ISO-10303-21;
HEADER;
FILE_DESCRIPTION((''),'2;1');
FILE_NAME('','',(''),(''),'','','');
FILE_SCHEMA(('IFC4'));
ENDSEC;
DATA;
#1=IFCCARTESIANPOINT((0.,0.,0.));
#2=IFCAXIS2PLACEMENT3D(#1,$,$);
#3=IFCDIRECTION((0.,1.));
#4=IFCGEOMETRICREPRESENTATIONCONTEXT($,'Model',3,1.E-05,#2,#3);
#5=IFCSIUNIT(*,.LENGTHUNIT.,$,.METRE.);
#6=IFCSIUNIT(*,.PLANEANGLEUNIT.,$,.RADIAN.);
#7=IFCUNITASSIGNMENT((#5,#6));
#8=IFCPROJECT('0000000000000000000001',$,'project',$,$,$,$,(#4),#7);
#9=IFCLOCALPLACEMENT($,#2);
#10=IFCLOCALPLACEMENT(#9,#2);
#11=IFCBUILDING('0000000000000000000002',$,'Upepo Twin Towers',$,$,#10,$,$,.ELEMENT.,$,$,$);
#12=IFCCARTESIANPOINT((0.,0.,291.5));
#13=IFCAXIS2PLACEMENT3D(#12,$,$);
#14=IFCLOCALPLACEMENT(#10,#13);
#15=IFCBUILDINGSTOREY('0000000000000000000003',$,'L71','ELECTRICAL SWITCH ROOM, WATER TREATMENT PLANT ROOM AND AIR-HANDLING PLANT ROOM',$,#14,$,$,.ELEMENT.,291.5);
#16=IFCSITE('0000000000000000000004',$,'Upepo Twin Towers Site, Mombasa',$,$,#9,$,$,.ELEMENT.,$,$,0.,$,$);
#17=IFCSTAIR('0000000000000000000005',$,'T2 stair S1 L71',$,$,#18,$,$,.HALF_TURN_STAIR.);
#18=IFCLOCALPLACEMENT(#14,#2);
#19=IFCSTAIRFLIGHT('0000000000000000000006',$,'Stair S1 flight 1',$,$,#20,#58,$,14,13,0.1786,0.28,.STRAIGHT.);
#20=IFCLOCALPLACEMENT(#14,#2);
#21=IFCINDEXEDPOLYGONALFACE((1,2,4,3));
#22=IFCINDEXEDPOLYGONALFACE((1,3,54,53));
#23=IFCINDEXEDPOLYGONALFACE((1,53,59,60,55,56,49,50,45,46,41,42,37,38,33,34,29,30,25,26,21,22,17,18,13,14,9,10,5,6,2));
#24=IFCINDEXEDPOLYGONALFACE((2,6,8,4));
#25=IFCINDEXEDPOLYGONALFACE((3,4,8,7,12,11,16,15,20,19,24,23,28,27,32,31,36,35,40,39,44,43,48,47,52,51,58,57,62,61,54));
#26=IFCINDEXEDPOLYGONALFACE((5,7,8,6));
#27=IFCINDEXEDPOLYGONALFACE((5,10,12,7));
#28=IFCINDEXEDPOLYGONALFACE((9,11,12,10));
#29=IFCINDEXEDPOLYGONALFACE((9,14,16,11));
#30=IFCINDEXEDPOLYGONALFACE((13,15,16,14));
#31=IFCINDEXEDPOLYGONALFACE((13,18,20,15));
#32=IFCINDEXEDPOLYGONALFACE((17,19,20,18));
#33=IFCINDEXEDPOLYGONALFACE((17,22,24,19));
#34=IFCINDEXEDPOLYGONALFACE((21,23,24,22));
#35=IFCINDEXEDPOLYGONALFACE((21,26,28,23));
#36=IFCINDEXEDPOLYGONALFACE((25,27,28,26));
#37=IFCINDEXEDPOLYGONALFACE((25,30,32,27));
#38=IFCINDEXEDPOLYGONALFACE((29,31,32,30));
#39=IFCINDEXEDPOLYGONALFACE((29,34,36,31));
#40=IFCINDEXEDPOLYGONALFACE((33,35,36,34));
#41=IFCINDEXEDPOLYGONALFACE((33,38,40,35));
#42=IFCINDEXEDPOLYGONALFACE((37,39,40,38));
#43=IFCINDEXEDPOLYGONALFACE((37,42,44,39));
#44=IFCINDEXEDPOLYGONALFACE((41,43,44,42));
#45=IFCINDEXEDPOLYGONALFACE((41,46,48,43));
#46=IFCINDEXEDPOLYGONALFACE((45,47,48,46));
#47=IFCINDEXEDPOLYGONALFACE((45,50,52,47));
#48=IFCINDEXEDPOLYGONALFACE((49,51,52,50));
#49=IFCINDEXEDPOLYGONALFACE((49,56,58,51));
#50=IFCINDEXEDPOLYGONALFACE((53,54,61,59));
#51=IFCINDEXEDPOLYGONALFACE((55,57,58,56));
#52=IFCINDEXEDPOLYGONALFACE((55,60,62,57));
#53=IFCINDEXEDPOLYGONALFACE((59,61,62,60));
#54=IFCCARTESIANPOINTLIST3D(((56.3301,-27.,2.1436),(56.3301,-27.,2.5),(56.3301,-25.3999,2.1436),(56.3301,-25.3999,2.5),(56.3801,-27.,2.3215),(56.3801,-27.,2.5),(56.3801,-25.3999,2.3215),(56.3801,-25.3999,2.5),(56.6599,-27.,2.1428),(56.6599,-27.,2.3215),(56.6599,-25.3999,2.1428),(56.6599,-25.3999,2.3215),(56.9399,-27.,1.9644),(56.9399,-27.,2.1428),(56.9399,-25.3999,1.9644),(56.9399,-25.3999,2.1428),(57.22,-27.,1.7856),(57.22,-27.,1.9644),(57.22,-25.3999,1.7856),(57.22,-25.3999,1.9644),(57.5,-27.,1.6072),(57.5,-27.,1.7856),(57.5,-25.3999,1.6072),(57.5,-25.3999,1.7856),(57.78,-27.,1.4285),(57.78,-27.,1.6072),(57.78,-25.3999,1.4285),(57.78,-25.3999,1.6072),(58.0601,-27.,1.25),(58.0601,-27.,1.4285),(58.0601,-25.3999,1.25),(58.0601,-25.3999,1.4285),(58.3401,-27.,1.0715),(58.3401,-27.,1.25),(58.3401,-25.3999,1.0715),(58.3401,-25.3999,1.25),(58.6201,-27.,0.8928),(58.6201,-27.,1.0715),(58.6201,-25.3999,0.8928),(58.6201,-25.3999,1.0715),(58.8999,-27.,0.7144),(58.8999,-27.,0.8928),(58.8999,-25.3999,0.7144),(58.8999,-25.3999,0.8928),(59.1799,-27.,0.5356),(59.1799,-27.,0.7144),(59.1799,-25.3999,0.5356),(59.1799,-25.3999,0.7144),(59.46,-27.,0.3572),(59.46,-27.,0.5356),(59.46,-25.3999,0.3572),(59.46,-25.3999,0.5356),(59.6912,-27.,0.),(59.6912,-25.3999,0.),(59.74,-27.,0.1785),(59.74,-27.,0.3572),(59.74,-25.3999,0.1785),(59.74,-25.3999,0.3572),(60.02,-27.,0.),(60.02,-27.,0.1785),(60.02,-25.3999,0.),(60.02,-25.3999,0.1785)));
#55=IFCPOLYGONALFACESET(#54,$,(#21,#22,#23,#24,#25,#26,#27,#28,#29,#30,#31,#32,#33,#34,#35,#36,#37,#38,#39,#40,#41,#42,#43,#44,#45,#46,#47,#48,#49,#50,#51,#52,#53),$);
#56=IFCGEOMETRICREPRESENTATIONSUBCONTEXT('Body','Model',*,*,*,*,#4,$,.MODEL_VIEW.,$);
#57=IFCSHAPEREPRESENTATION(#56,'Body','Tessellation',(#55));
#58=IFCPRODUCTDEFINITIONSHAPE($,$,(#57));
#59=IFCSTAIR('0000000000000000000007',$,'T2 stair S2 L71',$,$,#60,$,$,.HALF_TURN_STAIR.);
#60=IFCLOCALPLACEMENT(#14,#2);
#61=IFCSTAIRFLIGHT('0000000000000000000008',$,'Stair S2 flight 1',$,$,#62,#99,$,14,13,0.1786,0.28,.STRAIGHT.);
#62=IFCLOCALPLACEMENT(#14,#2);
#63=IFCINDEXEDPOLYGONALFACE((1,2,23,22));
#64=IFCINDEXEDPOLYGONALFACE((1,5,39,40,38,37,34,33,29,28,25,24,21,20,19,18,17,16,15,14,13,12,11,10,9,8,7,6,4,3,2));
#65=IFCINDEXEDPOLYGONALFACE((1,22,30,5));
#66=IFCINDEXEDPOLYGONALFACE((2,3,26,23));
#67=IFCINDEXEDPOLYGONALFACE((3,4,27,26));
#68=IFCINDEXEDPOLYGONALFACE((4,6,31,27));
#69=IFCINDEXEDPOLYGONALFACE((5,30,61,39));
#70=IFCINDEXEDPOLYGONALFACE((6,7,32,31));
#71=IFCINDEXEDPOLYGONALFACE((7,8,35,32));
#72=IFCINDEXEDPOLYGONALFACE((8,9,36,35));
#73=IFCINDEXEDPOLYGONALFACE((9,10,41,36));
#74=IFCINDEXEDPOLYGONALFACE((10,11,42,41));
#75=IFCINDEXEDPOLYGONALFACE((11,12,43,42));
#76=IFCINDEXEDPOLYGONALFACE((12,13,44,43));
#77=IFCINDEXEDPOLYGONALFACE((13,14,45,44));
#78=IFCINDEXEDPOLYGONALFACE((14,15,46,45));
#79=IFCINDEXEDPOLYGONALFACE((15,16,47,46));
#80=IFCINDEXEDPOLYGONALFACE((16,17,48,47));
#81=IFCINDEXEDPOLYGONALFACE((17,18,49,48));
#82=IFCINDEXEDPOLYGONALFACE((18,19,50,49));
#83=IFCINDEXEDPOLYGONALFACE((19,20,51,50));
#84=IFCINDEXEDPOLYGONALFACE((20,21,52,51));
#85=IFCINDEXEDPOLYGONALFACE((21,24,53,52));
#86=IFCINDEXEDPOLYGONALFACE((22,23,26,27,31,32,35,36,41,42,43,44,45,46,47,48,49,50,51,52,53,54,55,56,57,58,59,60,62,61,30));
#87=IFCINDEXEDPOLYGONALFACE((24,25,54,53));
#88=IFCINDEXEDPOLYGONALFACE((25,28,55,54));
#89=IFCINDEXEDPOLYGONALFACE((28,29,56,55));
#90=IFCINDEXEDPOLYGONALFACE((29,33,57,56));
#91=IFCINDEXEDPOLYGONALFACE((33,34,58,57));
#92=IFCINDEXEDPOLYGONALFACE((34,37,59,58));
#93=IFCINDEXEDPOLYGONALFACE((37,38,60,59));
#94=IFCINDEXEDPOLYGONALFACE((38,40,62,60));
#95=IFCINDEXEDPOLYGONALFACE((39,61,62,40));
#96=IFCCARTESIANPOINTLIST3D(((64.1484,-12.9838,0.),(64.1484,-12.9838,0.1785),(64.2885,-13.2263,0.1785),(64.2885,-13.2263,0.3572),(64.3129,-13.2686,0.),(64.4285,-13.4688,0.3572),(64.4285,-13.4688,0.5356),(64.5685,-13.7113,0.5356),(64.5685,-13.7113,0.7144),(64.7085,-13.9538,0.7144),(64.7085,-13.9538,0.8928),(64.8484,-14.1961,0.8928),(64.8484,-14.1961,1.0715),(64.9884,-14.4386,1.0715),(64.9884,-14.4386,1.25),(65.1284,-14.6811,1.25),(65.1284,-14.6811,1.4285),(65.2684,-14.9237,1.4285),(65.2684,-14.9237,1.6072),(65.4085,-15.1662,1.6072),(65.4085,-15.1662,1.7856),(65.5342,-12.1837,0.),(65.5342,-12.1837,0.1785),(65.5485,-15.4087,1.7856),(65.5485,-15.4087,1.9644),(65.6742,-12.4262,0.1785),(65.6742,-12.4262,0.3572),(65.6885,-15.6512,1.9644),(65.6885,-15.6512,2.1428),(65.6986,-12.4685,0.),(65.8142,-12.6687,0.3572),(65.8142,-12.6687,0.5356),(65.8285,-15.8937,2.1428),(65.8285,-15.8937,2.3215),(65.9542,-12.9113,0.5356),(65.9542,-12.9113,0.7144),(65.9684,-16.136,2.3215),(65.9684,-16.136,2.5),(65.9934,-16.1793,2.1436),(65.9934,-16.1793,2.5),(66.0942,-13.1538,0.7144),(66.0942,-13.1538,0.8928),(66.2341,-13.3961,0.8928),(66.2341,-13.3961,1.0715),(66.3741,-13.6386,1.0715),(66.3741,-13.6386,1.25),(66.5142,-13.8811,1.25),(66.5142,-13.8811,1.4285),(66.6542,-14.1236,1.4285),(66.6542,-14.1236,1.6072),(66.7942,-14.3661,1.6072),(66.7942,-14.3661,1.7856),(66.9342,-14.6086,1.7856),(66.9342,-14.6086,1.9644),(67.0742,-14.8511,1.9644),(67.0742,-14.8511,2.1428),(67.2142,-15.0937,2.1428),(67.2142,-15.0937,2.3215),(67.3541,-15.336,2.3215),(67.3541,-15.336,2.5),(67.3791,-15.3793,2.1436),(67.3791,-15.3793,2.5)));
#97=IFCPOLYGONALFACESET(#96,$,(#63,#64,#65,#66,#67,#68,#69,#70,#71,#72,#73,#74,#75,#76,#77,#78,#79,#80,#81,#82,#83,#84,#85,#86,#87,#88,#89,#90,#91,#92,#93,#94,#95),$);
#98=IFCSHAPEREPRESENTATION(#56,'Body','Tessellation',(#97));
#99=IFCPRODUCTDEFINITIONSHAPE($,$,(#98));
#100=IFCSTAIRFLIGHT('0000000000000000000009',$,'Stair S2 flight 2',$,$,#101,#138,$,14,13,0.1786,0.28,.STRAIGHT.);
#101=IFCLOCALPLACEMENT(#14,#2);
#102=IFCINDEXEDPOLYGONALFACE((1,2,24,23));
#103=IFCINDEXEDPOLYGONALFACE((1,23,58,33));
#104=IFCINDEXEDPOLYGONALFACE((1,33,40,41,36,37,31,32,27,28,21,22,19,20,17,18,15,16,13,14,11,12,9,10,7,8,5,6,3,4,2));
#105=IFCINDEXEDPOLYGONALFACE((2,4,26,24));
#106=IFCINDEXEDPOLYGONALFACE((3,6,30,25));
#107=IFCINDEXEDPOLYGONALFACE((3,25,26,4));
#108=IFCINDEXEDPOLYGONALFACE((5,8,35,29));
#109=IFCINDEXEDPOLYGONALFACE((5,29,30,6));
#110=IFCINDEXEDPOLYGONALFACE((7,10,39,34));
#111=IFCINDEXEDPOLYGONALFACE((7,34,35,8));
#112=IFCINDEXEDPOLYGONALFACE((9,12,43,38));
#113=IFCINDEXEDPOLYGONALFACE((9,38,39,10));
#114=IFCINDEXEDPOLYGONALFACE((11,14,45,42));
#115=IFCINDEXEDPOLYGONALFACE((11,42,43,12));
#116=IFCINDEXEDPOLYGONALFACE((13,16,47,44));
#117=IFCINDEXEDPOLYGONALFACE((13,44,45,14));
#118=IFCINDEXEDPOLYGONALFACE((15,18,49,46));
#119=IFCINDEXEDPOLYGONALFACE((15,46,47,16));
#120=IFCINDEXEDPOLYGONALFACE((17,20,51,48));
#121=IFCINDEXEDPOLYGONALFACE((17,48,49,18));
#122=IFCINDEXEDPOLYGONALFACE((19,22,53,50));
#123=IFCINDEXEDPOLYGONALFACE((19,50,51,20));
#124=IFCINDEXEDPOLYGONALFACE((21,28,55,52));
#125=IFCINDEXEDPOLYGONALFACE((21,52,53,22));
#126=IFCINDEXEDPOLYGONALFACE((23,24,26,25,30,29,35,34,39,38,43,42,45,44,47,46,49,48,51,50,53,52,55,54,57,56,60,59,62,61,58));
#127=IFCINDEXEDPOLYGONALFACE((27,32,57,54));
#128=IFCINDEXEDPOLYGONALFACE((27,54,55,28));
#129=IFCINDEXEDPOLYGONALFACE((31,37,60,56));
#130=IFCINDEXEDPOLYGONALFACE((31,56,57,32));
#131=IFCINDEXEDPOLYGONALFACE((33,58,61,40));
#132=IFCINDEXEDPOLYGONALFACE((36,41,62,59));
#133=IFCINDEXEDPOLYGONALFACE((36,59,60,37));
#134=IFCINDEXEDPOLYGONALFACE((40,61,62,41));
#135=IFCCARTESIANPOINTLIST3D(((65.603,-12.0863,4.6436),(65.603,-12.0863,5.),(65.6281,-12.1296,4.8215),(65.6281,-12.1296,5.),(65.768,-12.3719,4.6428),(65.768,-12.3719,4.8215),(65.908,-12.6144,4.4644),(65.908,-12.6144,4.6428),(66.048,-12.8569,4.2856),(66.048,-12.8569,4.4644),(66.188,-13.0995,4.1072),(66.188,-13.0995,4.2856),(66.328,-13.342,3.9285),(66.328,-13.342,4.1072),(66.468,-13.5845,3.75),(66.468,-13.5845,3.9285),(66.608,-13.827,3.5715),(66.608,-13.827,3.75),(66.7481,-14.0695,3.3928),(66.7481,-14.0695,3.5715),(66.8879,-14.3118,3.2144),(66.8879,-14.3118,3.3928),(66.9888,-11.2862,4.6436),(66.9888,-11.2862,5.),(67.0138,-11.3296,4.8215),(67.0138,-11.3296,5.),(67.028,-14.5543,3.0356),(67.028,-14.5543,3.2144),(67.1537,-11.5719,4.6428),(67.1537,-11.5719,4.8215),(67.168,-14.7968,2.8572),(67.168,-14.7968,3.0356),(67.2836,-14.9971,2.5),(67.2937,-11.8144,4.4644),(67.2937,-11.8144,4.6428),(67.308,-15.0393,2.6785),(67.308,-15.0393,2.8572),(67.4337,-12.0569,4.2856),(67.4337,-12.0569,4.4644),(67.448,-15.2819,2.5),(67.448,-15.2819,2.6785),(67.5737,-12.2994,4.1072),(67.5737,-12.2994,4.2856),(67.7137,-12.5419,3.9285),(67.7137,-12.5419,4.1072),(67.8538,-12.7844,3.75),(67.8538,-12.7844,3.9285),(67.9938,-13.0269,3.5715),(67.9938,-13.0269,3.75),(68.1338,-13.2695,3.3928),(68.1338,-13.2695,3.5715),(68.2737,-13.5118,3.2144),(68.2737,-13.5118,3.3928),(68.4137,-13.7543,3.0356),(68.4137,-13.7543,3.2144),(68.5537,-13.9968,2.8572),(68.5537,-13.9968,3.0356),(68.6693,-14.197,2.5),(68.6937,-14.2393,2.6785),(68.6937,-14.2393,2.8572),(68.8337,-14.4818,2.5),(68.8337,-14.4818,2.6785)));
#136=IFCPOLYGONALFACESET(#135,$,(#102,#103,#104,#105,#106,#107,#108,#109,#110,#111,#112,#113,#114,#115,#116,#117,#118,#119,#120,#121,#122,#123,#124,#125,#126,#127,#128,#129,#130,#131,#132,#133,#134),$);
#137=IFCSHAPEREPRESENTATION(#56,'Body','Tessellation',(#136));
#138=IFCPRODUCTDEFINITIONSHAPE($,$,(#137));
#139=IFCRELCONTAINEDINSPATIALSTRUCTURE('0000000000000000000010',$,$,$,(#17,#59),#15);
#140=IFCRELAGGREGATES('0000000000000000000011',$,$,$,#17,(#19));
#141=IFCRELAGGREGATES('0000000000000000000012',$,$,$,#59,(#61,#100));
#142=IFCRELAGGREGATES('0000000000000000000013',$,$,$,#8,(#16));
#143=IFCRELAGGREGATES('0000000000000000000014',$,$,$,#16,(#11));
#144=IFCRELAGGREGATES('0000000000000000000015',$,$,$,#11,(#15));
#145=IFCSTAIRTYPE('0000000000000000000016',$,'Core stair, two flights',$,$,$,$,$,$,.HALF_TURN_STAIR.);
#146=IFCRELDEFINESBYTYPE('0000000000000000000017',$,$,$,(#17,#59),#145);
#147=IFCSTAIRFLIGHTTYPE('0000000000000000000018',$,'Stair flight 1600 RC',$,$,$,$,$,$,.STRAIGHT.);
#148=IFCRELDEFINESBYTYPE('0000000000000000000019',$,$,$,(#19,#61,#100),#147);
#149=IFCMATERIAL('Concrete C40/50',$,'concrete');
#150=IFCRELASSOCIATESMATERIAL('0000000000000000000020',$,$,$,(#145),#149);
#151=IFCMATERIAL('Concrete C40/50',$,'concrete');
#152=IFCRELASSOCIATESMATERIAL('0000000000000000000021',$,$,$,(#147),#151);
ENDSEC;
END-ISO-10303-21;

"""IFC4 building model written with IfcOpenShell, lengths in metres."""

from ifc_helpers import new_model, si_unit, direction, frame, origin, place, context, subcontext, project, spatial, polyline, outline, extrude, material, type_object, element, aggregate, save


model = new_model("IFC4")

# Units and contexts
model_context = context("Model", 3, precision=1e-05, world=origin(), true_north=direction((0.0, 1.0)))
body_context = subcontext(model_context, "Body", "Model", "MODEL_VIEW")
ifc_project = project(units=[si_unit("LENGTHUNIT", "METRE"), si_unit("PLANEANGLEUNIT", "RADIAN")], contexts=[model_context])

# Site, building, storey
site_placement = place(None, origin())
site = spatial("IfcSite", under=ifc_project, at=site_placement, Name="Upepo Twin Towers Site, Mombasa", CompositionType="ELEMENT", RefElevation=0.0)
building_placement = place(site_placement, origin())
building = spatial("IfcBuilding", under=site, at=building_placement, Name="Upepo Twin Towers", CompositionType="ELEMENT")
storey_placement = place(building_placement, frame((0.0, 0.0, 291.5)))
storey = spatial("IfcBuildingStorey", under=building, at=storey_placement, Name="L71", Description="ELECTRICAL SWITCH ROOM, WATER TREATMENT PLANT ROOM AND AIR-HANDLING PLANT ROOM", CompositionType="ELEMENT", Elevation=291.5)

# Stair, stair flight
ifc_material_1 = material(Name="Concrete C40/50", Category="concrete")
stair_type = type_object("IfcStairType", Name="Core stair, two flights", PredefinedType="HALF_TURN_STAIR", material=ifc_material_1)
stair_1_placement = place(storey_placement, origin())
stair_1 = element("IfcStair", 1, at=stair_1_placement, inside=storey, type_object=stair_type, Name="T2 stair S1 L71", PredefinedType="HALF_TURN_STAIR")
ifc_material_2 = material(Name="Concrete C40/50", Category="concrete")
stair_flight_type = type_object("IfcStairFlightType", Name="Stair flight 1600 RC", PredefinedType="STRAIGHT", material=ifc_material_2)
stair_flight_1_placement = place(storey_placement, frame((60.02, -26.2, 0.0), z_axis=(0.0, 0.0, 1.0), x_axis=(-1.0, 0.0, 0.0)))
stair_flight_1 = element("IfcStairFlight", 2, at=stair_flight_1_placement, type_object=stair_flight_type, Name="Stair S1 flight 1", NumberOfRisers=14, NumberOfTreads=13, PredefinedType="STRAIGHT", RiserHeight=0.1786, TreadLength=0.28, context=body_context, shape_type="SweptSolid", body=[
    extrude(outline(polyline([(0.0, 0.0), (0.0, 0.1785), (0.28, 0.1785), (0.28, 0.3572), (0.5601, 0.3572), (0.5601, 0.5356), (0.8401, 0.5356), (0.8401, 0.7144), (1.1201, 0.7144), (1.1201, 0.8928), (1.3999, 0.8928), (1.3999, 1.0715), (1.6799, 1.0715), (1.6799, 1.25), (1.96, 1.25), (1.96, 1.4285), (2.24, 1.4285), (2.24, 1.6072), (2.52, 1.6072), (2.52, 1.7856), (2.8, 1.7856), (2.8, 1.9644), (3.0801, 1.9644), (3.0801, 2.1428), (3.3601, 2.1428), (3.3601, 2.3215), (3.6399, 2.3215), (3.6399, 2.5), (3.6899, 2.5), (3.6899, 2.1436), (0.3289, 0.0), (0.0, 0.0)])), frame((0.0, 0.8, 0.0), z_axis=(0.0, -1.0, 0.0), x_axis=(1.0, 0.0, 0.0)), (0.0, 0.0, 1.0), 1.6001),
])
aggregate(stair_1, [stair_flight_1])

# Stair, stair flights
stair_2_placement = place(storey_placement, origin())
stair_2 = element("IfcStair", 3, at=stair_2_placement, inside=storey, type_object=stair_type, Name="T2 stair S2 L71", PredefinedType="HALF_TURN_STAIR")
stair_flight_2_placement = place(storey_placement, frame((64.8413, -12.5837, 0.0), z_axis=(0.0, 0.0, 1.0), x_axis=(0.5, -0.866025, 0.0)))
stair_flight_2 = element("IfcStairFlight", 4, at=stair_flight_2_placement, type_object=stair_flight_type, Name="Stair S2 flight 1", NumberOfRisers=14, NumberOfTreads=13, PredefinedType="STRAIGHT", RiserHeight=0.1786, TreadLength=0.28, context=body_context, shape_type="SweptSolid", body=[
    extrude(outline(polyline([(0.0, 0.0), (0.0, 0.1785), (0.28, 0.1785), (0.28, 0.3572), (0.5601, 0.3572), (0.5601, 0.5356), (0.8401, 0.5356), (0.8401, 0.7144), (1.1201, 0.7144), (1.1201, 0.8928), (1.3999, 0.8928), (1.3999, 1.0715), (1.6799, 1.0715), (1.6799, 1.25), (1.96, 1.25), (1.96, 1.4285), (2.24, 1.4285), (2.24, 1.6072), (2.52, 1.6072), (2.52, 1.7856), (2.8, 1.7856), (2.8, 1.9644), (3.0801, 1.9644), (3.0801, 2.1428), (3.3601, 2.1428), (3.3601, 2.3215), (3.6399, 2.3215), (3.6399, 2.5), (3.6899, 2.5), (3.6899, 2.1436), (0.3289, 0.0), (0.0, 0.0)])), frame((0.0, 0.8, 0.0), z_axis=(0.0, -1.0, 0.0), x_axis=(1.0, 0.0, 0.0)), (0.0, 0.0, 1.0), 1.6001),
])
stair_flight_3_placement = place(storey_placement, frame((68.1409, -14.8818, 2.5), z_axis=(0.0, 0.0, 1.0), x_axis=(-0.5, 0.866025, 0.0)))
stair_flight_3 = element("IfcStairFlight", 5, at=stair_flight_3_placement, type_object=stair_flight_type, Name="Stair S2 flight 2", NumberOfRisers=14, NumberOfTreads=13, PredefinedType="STRAIGHT", RiserHeight=0.1786, TreadLength=0.28, context=body_context, shape_type="SweptSolid", body=[
    extrude(outline(polyline([(0.0, 0.0), (0.0, 0.1785), (0.28, 0.1785), (0.28, 0.3572), (0.5601, 0.3572), (0.5601, 0.5356), (0.8401, 0.5356), (0.8401, 0.7144), (1.1201, 0.7144), (1.1201, 0.8928), (1.3999, 0.8928), (1.3999, 1.0715), (1.6799, 1.0715), (1.6799, 1.25), (1.96, 1.25), (1.96, 1.4285), (2.24, 1.4285), (2.24, 1.6072), (2.52, 1.6072), (2.52, 1.7856), (2.8, 1.7856), (2.8, 1.9644), (3.0801, 1.9644), (3.0801, 2.1428), (3.3601, 2.1428), (3.3601, 2.3215), (3.6399, 2.3215), (3.6399, 2.5), (3.6899, 2.5), (3.6899, 2.1436), (0.3289, 0.0), (0.0, 0.0)])), frame((0.0, 0.8, 0.0), z_axis=(0.0, -1.0, 0.0), x_axis=(1.0, 0.0, 0.0)), (0.0, 0.0, 1.0), 1.6001),
])
aggregate(stair_2, [stair_flight_2, stair_flight_3])

save(model, "model.ifc")
